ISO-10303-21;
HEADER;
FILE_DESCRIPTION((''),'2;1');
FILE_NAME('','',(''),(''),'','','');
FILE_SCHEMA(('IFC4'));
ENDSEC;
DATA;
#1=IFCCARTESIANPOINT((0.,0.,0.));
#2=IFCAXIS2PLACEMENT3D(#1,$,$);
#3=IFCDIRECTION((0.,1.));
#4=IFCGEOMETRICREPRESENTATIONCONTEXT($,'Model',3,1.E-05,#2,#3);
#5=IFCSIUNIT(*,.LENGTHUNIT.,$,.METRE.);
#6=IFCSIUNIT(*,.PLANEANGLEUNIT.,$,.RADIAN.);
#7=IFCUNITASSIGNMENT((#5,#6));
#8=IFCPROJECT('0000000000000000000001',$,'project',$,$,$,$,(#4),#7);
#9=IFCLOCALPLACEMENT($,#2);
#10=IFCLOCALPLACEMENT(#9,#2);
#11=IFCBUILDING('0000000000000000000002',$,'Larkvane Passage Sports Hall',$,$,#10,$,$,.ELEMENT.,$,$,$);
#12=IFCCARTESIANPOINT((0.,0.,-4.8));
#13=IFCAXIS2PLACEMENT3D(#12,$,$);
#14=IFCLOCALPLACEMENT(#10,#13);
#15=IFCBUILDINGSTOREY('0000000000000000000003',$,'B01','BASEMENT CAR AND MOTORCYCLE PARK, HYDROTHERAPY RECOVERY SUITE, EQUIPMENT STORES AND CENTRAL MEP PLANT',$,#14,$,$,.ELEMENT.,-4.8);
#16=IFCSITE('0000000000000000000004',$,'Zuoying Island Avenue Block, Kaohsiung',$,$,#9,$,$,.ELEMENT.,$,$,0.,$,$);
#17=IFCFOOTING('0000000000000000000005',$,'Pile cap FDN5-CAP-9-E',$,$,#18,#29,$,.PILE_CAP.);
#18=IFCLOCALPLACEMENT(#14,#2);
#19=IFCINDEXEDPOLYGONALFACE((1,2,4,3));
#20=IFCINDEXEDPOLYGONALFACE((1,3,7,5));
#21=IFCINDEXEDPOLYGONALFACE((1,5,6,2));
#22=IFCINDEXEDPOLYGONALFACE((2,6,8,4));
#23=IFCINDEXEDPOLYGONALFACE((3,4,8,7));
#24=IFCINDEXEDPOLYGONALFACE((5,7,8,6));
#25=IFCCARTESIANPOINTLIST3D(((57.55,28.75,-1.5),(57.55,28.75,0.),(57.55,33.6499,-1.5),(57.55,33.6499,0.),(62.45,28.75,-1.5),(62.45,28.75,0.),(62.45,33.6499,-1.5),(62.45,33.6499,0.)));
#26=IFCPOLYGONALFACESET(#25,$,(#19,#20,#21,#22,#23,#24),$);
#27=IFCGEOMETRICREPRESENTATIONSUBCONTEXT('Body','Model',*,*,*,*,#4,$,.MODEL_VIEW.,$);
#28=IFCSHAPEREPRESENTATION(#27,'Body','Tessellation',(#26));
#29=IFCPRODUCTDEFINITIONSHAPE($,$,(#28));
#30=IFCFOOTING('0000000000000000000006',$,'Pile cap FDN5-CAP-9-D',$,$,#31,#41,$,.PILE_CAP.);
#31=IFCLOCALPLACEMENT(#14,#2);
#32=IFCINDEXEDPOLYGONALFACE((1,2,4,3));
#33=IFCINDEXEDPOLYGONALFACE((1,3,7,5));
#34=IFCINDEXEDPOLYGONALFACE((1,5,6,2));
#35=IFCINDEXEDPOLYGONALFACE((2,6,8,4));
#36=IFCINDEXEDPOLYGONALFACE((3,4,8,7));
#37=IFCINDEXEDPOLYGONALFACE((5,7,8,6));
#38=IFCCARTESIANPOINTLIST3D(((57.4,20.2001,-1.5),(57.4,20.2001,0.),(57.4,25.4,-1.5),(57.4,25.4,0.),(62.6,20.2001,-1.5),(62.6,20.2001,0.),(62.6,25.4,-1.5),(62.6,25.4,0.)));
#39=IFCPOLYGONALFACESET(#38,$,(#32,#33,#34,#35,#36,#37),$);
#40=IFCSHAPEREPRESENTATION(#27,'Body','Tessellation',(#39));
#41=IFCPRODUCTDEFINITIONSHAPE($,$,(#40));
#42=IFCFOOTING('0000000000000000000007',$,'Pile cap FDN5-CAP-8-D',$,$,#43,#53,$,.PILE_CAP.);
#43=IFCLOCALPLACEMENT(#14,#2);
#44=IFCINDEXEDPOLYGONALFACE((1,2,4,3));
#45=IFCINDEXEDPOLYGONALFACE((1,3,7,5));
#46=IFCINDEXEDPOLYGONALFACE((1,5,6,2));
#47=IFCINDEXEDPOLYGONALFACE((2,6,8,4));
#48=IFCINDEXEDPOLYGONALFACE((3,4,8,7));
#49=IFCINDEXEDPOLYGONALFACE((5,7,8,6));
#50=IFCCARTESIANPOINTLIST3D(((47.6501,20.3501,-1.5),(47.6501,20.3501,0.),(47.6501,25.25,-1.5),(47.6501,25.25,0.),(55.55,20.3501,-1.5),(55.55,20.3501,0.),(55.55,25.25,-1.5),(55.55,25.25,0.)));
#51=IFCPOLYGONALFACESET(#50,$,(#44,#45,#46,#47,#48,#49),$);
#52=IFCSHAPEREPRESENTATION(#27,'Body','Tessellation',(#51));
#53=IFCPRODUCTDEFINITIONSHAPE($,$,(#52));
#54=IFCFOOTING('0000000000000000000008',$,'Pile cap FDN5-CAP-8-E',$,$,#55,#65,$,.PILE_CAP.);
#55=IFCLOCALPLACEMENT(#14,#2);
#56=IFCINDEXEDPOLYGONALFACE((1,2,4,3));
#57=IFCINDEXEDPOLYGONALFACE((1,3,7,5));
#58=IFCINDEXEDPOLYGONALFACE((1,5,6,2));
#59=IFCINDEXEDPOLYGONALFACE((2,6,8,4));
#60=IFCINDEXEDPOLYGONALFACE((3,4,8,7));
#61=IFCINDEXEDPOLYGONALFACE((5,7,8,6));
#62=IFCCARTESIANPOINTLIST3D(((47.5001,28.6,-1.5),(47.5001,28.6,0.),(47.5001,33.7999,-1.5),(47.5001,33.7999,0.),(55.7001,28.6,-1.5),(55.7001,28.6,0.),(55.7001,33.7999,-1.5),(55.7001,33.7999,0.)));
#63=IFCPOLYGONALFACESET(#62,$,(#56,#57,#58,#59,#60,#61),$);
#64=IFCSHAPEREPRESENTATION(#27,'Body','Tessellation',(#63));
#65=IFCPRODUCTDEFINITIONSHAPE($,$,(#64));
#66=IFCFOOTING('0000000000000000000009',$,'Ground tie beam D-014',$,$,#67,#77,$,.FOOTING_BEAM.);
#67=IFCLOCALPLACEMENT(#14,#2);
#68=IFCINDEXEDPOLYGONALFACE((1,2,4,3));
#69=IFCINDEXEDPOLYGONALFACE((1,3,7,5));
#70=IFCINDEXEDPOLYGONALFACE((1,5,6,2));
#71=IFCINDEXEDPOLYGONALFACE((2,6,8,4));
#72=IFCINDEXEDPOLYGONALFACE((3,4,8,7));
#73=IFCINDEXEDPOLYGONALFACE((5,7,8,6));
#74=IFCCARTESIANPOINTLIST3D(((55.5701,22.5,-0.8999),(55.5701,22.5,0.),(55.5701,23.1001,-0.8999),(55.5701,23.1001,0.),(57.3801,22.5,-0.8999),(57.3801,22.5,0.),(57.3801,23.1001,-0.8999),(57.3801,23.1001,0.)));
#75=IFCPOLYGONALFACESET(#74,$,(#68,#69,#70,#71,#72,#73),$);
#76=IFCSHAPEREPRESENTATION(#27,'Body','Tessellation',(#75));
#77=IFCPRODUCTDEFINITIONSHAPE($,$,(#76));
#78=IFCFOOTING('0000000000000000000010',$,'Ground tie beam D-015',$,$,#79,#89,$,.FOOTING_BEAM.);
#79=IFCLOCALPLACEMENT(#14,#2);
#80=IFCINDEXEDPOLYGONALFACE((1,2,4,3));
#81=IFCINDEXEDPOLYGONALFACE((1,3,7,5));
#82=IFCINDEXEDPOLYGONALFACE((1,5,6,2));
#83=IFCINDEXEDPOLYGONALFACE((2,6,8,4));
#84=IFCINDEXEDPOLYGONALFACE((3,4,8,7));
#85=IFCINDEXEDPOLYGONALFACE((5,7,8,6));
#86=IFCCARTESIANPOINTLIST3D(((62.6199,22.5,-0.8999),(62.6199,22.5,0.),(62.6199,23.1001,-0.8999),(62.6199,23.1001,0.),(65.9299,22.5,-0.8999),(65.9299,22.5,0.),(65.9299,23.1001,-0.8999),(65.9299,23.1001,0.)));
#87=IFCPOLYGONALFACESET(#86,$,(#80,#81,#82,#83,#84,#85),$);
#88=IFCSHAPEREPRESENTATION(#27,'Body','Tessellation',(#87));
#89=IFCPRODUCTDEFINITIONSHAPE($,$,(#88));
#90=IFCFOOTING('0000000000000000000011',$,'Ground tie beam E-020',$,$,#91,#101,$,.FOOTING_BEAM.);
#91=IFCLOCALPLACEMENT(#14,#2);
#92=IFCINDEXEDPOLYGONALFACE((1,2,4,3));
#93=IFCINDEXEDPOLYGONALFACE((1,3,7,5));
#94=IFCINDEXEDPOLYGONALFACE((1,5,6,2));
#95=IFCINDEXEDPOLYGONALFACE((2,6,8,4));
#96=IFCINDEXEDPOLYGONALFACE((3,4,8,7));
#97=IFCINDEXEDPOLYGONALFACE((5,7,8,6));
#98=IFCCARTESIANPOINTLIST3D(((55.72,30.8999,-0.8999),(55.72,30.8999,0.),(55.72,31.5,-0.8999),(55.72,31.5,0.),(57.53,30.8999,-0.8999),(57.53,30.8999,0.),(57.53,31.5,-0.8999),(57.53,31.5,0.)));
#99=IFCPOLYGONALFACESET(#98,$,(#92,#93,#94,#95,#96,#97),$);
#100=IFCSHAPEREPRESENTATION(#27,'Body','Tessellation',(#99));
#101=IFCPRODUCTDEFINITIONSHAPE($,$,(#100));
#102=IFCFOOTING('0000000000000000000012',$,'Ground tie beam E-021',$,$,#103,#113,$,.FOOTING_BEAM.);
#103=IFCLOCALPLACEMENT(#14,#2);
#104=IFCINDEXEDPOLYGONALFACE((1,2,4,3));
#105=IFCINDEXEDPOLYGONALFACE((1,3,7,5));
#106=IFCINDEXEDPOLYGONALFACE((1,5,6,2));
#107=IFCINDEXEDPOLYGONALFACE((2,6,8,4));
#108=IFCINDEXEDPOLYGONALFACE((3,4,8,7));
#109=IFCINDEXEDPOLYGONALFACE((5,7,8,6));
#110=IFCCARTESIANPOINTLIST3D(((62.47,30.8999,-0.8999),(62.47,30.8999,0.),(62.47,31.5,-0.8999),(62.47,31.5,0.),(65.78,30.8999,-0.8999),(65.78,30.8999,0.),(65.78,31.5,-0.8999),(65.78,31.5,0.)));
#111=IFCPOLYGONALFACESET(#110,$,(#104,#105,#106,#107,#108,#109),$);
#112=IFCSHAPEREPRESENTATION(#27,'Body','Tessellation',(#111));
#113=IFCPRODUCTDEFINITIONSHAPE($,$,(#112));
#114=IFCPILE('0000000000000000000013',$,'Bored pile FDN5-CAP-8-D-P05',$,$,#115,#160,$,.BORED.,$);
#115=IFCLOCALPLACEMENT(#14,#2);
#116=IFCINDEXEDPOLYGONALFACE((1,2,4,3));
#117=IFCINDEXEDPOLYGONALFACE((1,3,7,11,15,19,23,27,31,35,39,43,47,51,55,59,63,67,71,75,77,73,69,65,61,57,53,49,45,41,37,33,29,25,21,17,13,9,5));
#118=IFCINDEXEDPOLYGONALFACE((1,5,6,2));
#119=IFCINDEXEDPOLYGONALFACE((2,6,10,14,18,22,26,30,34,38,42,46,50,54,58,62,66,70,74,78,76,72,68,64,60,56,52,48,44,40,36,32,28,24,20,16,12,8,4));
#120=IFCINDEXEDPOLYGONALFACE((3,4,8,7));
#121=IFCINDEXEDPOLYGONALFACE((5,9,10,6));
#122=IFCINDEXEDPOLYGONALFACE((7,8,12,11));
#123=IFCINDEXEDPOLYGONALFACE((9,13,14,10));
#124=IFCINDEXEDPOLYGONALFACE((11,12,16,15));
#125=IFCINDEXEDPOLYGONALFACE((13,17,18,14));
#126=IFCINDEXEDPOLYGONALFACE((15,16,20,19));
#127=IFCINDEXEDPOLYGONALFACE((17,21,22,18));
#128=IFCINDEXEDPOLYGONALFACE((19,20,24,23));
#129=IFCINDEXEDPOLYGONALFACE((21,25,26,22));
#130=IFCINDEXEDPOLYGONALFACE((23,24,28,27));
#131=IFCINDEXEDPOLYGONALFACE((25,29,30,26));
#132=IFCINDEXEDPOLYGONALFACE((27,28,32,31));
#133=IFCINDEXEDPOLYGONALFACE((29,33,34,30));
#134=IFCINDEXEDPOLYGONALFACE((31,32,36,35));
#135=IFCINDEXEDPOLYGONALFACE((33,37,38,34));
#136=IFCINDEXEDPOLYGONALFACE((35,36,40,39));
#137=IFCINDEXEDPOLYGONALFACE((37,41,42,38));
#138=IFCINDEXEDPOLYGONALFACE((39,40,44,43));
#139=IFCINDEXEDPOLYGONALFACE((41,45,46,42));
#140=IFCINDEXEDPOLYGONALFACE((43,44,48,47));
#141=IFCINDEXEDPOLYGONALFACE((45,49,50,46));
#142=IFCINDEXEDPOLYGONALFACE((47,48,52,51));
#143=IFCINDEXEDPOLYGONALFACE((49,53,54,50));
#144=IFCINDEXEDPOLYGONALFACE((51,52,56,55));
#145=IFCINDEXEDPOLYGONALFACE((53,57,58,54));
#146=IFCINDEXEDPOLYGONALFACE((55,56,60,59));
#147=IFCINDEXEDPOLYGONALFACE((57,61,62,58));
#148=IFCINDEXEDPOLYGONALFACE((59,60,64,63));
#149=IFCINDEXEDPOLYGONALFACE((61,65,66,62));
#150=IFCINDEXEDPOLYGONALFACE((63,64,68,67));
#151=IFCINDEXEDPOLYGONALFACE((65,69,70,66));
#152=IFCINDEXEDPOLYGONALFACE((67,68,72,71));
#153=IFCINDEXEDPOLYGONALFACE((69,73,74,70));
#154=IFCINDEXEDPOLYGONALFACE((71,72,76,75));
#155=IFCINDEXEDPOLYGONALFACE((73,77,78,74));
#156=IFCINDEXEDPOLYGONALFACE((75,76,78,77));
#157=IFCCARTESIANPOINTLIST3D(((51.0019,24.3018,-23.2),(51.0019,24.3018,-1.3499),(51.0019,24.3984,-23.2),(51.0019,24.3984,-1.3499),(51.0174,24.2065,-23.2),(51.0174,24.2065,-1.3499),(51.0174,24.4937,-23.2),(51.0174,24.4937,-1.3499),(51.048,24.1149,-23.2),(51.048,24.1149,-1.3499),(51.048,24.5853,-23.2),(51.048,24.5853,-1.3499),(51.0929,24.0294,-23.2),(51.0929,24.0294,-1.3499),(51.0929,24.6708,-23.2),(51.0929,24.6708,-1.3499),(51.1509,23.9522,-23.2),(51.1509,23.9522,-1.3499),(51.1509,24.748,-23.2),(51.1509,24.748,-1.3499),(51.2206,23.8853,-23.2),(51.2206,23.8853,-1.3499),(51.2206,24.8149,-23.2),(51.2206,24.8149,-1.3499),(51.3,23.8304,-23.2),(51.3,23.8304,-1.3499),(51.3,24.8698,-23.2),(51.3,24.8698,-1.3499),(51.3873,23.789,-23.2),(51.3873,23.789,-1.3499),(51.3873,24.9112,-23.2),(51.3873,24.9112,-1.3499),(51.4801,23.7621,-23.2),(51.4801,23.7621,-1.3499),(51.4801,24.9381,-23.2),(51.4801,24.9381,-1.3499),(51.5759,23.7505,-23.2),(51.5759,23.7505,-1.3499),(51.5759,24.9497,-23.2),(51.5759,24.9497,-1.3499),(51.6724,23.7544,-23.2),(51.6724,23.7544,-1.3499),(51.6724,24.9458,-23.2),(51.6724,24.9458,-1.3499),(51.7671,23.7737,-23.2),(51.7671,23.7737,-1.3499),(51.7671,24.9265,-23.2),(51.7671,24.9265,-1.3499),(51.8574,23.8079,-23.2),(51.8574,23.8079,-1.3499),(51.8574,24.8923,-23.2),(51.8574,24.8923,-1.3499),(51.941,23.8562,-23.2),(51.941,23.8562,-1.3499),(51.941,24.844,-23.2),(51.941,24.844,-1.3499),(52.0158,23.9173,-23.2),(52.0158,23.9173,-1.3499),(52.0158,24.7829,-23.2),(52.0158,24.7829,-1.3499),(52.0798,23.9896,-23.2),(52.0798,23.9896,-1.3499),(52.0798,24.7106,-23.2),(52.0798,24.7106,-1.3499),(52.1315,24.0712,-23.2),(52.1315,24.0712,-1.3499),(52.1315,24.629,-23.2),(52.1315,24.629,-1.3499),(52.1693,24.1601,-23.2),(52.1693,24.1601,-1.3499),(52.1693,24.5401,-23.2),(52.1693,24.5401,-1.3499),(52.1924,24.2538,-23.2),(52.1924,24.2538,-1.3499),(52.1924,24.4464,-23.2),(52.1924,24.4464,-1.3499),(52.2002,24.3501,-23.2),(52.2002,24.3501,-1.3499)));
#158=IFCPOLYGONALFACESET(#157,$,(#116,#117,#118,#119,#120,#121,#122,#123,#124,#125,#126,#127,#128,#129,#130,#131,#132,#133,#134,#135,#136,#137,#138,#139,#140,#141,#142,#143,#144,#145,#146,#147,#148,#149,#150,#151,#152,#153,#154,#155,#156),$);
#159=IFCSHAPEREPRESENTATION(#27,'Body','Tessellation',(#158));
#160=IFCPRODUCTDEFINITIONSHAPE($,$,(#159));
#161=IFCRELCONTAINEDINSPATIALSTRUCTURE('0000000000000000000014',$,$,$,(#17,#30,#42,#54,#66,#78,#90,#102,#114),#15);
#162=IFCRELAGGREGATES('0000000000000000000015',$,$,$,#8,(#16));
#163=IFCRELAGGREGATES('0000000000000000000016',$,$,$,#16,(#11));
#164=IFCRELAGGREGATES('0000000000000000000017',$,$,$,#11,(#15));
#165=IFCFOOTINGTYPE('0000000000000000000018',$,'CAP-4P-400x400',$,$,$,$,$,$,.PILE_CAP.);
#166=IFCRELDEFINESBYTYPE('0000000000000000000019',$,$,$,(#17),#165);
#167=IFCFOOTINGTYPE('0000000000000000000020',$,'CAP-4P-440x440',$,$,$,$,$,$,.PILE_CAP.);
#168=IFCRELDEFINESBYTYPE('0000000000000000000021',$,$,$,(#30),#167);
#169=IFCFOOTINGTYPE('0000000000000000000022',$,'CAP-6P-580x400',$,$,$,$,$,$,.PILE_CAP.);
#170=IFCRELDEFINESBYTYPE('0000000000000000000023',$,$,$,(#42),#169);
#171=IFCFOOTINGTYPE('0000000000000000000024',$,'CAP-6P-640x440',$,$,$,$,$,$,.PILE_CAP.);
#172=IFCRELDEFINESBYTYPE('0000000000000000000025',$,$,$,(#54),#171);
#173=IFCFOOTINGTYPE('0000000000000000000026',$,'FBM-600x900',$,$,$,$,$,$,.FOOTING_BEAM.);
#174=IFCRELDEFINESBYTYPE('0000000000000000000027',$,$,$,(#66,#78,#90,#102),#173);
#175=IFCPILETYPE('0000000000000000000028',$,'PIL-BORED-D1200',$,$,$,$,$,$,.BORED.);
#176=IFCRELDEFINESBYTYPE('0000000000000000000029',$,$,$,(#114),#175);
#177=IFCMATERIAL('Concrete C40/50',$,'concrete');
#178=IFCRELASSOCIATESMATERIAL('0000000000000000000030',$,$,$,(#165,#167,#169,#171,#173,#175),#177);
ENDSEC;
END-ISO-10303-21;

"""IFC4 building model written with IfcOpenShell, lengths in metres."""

from ifc_helpers import new_model, si_unit, direction, frame, origin, origin_2d, place, context, subcontext, project, spatial, rectangle, circle, extrude, material, material_profile, profile_set, type_object, element, save


model = new_model("IFC4")

# Units and contexts
model_context = context("Model", 3, precision=1e-05, world=origin(), true_north=direction((0.0, 1.0)))
body_context = subcontext(model_context, "Body", "Model", "MODEL_VIEW")
ifc_project = project(units=[si_unit("LENGTHUNIT", "METRE"), si_unit("PLANEANGLEUNIT", "RADIAN")], contexts=[model_context])

# Site, building, storey
site_placement = place(None, origin())
site = spatial("IfcSite", under=ifc_project, at=site_placement, Name="Zuoying Island Avenue Block, Kaohsiung", CompositionType="ELEMENT", RefElevation=0.0)
building_placement = place(site_placement, origin())
building = spatial("IfcBuilding", under=site, at=building_placement, Name="Larkvane Passage Sports Hall", CompositionType="ELEMENT")
storey_placement = place(building_placement, frame((0.0, 0.0, -4.8)))
storey = spatial("IfcBuildingStorey", under=building, at=storey_placement, Name="B01", Description="BASEMENT CAR AND MOTORCYCLE PARK, HYDROTHERAPY RECOVERY SUITE, EQUIPMENT STORES AND CENTRAL MEP PLANT", CompositionType="ELEMENT", Elevation=-4.8)

# Footings
ifc_material_1 = material(Name="Concrete C40/50", Category="concrete")
footing_type_1 = type_object("IfcFootingType", Name="CAP-4P-400x400", PredefinedType="PILE_CAP", material=ifc_material_1)
footing_1_placement = place(storey_placement, frame((60.0, 31.2, -1.5), z_axis=(0.0, 0.0, 1.0), x_axis=(1.0, 0.0, 0.0)))
element("IfcFooting", 1, at=footing_1_placement, inside=storey, type_object=footing_type_1, Name="Pile cap FDN5-CAP-9-E", PredefinedType="PILE_CAP", context=body_context, shape_type="SweptSolid", body=[
    extrude(rectangle(XDim=4.8999, YDim=4.8999, at=origin_2d()), origin(), (0.0, 0.0, 1.0), 1.5),
])
footing_type_2 = type_object("IfcFootingType", Name="CAP-4P-440x440", PredefinedType="PILE_CAP", material=ifc_material_1)
footing_2_placement = place(storey_placement, frame((60.0, 22.8, -1.5), z_axis=(0.0, 0.0, 1.0), x_axis=(1.0, 0.0, 0.0)))
element("IfcFooting", 2, at=footing_2_placement, inside=storey, type_object=footing_type_2, Name="Pile cap FDN5-CAP-9-D", PredefinedType="PILE_CAP", context=body_context, shape_type="SweptSolid", body=[
    extrude(rectangle(XDim=5.2, YDim=5.2, at=origin_2d()), origin(), (0.0, 0.0, 1.0), 1.5),
])
footing_type_3 = type_object("IfcFootingType", Name="CAP-6P-580x400", PredefinedType="PILE_CAP", material=ifc_material_1)
footing_3_placement = place(storey_placement, frame((51.6001, 22.8, -1.5), z_axis=(0.0, 0.0, 1.0), x_axis=(1.0, 0.0, 0.0)))
element("IfcFooting", 3, at=footing_3_placement, inside=storey, type_object=footing_type_3, Name="Pile cap FDN5-CAP-8-D", PredefinedType="PILE_CAP", context=body_context, shape_type="SweptSolid", body=[
    extrude(rectangle(XDim=7.8999, YDim=4.8999, at=origin_2d()), origin(), (0.0, 0.0, 1.0), 1.5),
])
footing_type_4 = type_object("IfcFootingType", Name="CAP-6P-640x440", PredefinedType="PILE_CAP", material=ifc_material_1)
footing_4_placement = place(storey_placement, frame((51.6001, 31.2, -1.5), z_axis=(0.0, 0.0, 1.0), x_axis=(1.0, 0.0, 0.0)))
element("IfcFooting", 4, at=footing_4_placement, inside=storey, type_object=footing_type_4, Name="Pile cap FDN5-CAP-8-E", PredefinedType="PILE_CAP", context=body_context, shape_type="SweptSolid", body=[
    extrude(rectangle(XDim=8.2, YDim=5.2, at=origin_2d()), origin(), (0.0, 0.0, 1.0), 1.5),
])
footing_type_5 = type_object("IfcFootingType", Name="FBM-600x900", PredefinedType="FOOTING_BEAM", material=ifc_material_1)
footing_5_placement = place(storey_placement, frame((56.4751, 22.8, -0.8999), z_axis=(0.0, 0.0, 1.0), x_axis=(1.0, 0.0, 0.0)))
element("IfcFooting", 5, at=footing_5_placement, inside=storey, type_object=footing_type_5, Name="Ground tie beam D-014", PredefinedType="FOOTING_BEAM", context=body_context, shape_type="SweptSolid", body=[
    extrude(rectangle(XDim=1.8101, YDim=0.6001, at=origin_2d()), origin(), (0.0, 0.0, 1.0), 0.8999),
])
footing_6_placement = place(storey_placement, frame((64.2749, 22.8, -0.8999), z_axis=(0.0, 0.0, 1.0), x_axis=(1.0, 0.0, 0.0)))
element("IfcFooting", 6, at=footing_6_placement, inside=storey, type_object=footing_type_5, Name="Ground tie beam D-015", PredefinedType="FOOTING_BEAM", context=body_context, shape_type="SweptSolid", body=[
    extrude(rectangle(XDim=3.3101, YDim=0.6001, at=origin_2d()), origin(), (0.0, 0.0, 1.0), 0.8999),
])
footing_7_placement = place(storey_placement, frame((56.625, 31.2, -0.8999), z_axis=(0.0, 0.0, 1.0), x_axis=(1.0, 0.0, 0.0)))
element("IfcFooting", 7, at=footing_7_placement, inside=storey, type_object=footing_type_5, Name="Ground tie beam E-020", PredefinedType="FOOTING_BEAM", context=body_context, shape_type="SweptSolid", body=[
    extrude(rectangle(XDim=1.8101, YDim=0.6001, at=origin_2d()), origin(), (0.0, 0.0, 1.0), 0.8999),
])
footing_8_placement = place(storey_placement, frame((64.125, 31.2, -0.8999), z_axis=(0.0, 0.0, 1.0), x_axis=(1.0, 0.0, 0.0)))
element("IfcFooting", 8, at=footing_8_placement, inside=storey, type_object=footing_type_5, Name="Ground tie beam E-021", PredefinedType="FOOTING_BEAM", context=body_context, shape_type="SweptSolid", body=[
    extrude(rectangle(XDim=3.3101, YDim=0.6001, at=origin_2d()), origin(), (0.0, 0.0, 1.0), 0.8999),
])

# Pile
ifc_material_profile_1 = material_profile(ifc_material_1, circle(Radius=0.6001, at=origin_2d()), Name="PILE-D1200")
ifc_profile_set_1 = profile_set([ifc_material_profile_1], Name="Concrete C40/50")
pile_type = type_object("IfcPileType", Name="PIL-BORED-D1200", PredefinedType="BORED", material=ifc_profile_set_1)
for number, where, z_axis, x_axis, name in (
    (9, (51.6001, 24.3501, -1.3499), (0.0, 0.0, -1.0), (1.0, 0.0, 0.0), "Bored pile FDN5-CAP-8-D-P05"),
):
    element("IfcPile", number, at=place(storey_placement, frame(where, z_axis=z_axis, x_axis=x_axis)), inside=storey, type_object=pile_type, Name=name, PredefinedType="BORED", context=body_context, shape_type="SweptSolid", body=[
        extrude(circle(Radius=0.6001, at=origin_2d()), origin(), (0.0, 0.0, 1.0), 21.8501),
    ])

save(model, "model.ifc")
